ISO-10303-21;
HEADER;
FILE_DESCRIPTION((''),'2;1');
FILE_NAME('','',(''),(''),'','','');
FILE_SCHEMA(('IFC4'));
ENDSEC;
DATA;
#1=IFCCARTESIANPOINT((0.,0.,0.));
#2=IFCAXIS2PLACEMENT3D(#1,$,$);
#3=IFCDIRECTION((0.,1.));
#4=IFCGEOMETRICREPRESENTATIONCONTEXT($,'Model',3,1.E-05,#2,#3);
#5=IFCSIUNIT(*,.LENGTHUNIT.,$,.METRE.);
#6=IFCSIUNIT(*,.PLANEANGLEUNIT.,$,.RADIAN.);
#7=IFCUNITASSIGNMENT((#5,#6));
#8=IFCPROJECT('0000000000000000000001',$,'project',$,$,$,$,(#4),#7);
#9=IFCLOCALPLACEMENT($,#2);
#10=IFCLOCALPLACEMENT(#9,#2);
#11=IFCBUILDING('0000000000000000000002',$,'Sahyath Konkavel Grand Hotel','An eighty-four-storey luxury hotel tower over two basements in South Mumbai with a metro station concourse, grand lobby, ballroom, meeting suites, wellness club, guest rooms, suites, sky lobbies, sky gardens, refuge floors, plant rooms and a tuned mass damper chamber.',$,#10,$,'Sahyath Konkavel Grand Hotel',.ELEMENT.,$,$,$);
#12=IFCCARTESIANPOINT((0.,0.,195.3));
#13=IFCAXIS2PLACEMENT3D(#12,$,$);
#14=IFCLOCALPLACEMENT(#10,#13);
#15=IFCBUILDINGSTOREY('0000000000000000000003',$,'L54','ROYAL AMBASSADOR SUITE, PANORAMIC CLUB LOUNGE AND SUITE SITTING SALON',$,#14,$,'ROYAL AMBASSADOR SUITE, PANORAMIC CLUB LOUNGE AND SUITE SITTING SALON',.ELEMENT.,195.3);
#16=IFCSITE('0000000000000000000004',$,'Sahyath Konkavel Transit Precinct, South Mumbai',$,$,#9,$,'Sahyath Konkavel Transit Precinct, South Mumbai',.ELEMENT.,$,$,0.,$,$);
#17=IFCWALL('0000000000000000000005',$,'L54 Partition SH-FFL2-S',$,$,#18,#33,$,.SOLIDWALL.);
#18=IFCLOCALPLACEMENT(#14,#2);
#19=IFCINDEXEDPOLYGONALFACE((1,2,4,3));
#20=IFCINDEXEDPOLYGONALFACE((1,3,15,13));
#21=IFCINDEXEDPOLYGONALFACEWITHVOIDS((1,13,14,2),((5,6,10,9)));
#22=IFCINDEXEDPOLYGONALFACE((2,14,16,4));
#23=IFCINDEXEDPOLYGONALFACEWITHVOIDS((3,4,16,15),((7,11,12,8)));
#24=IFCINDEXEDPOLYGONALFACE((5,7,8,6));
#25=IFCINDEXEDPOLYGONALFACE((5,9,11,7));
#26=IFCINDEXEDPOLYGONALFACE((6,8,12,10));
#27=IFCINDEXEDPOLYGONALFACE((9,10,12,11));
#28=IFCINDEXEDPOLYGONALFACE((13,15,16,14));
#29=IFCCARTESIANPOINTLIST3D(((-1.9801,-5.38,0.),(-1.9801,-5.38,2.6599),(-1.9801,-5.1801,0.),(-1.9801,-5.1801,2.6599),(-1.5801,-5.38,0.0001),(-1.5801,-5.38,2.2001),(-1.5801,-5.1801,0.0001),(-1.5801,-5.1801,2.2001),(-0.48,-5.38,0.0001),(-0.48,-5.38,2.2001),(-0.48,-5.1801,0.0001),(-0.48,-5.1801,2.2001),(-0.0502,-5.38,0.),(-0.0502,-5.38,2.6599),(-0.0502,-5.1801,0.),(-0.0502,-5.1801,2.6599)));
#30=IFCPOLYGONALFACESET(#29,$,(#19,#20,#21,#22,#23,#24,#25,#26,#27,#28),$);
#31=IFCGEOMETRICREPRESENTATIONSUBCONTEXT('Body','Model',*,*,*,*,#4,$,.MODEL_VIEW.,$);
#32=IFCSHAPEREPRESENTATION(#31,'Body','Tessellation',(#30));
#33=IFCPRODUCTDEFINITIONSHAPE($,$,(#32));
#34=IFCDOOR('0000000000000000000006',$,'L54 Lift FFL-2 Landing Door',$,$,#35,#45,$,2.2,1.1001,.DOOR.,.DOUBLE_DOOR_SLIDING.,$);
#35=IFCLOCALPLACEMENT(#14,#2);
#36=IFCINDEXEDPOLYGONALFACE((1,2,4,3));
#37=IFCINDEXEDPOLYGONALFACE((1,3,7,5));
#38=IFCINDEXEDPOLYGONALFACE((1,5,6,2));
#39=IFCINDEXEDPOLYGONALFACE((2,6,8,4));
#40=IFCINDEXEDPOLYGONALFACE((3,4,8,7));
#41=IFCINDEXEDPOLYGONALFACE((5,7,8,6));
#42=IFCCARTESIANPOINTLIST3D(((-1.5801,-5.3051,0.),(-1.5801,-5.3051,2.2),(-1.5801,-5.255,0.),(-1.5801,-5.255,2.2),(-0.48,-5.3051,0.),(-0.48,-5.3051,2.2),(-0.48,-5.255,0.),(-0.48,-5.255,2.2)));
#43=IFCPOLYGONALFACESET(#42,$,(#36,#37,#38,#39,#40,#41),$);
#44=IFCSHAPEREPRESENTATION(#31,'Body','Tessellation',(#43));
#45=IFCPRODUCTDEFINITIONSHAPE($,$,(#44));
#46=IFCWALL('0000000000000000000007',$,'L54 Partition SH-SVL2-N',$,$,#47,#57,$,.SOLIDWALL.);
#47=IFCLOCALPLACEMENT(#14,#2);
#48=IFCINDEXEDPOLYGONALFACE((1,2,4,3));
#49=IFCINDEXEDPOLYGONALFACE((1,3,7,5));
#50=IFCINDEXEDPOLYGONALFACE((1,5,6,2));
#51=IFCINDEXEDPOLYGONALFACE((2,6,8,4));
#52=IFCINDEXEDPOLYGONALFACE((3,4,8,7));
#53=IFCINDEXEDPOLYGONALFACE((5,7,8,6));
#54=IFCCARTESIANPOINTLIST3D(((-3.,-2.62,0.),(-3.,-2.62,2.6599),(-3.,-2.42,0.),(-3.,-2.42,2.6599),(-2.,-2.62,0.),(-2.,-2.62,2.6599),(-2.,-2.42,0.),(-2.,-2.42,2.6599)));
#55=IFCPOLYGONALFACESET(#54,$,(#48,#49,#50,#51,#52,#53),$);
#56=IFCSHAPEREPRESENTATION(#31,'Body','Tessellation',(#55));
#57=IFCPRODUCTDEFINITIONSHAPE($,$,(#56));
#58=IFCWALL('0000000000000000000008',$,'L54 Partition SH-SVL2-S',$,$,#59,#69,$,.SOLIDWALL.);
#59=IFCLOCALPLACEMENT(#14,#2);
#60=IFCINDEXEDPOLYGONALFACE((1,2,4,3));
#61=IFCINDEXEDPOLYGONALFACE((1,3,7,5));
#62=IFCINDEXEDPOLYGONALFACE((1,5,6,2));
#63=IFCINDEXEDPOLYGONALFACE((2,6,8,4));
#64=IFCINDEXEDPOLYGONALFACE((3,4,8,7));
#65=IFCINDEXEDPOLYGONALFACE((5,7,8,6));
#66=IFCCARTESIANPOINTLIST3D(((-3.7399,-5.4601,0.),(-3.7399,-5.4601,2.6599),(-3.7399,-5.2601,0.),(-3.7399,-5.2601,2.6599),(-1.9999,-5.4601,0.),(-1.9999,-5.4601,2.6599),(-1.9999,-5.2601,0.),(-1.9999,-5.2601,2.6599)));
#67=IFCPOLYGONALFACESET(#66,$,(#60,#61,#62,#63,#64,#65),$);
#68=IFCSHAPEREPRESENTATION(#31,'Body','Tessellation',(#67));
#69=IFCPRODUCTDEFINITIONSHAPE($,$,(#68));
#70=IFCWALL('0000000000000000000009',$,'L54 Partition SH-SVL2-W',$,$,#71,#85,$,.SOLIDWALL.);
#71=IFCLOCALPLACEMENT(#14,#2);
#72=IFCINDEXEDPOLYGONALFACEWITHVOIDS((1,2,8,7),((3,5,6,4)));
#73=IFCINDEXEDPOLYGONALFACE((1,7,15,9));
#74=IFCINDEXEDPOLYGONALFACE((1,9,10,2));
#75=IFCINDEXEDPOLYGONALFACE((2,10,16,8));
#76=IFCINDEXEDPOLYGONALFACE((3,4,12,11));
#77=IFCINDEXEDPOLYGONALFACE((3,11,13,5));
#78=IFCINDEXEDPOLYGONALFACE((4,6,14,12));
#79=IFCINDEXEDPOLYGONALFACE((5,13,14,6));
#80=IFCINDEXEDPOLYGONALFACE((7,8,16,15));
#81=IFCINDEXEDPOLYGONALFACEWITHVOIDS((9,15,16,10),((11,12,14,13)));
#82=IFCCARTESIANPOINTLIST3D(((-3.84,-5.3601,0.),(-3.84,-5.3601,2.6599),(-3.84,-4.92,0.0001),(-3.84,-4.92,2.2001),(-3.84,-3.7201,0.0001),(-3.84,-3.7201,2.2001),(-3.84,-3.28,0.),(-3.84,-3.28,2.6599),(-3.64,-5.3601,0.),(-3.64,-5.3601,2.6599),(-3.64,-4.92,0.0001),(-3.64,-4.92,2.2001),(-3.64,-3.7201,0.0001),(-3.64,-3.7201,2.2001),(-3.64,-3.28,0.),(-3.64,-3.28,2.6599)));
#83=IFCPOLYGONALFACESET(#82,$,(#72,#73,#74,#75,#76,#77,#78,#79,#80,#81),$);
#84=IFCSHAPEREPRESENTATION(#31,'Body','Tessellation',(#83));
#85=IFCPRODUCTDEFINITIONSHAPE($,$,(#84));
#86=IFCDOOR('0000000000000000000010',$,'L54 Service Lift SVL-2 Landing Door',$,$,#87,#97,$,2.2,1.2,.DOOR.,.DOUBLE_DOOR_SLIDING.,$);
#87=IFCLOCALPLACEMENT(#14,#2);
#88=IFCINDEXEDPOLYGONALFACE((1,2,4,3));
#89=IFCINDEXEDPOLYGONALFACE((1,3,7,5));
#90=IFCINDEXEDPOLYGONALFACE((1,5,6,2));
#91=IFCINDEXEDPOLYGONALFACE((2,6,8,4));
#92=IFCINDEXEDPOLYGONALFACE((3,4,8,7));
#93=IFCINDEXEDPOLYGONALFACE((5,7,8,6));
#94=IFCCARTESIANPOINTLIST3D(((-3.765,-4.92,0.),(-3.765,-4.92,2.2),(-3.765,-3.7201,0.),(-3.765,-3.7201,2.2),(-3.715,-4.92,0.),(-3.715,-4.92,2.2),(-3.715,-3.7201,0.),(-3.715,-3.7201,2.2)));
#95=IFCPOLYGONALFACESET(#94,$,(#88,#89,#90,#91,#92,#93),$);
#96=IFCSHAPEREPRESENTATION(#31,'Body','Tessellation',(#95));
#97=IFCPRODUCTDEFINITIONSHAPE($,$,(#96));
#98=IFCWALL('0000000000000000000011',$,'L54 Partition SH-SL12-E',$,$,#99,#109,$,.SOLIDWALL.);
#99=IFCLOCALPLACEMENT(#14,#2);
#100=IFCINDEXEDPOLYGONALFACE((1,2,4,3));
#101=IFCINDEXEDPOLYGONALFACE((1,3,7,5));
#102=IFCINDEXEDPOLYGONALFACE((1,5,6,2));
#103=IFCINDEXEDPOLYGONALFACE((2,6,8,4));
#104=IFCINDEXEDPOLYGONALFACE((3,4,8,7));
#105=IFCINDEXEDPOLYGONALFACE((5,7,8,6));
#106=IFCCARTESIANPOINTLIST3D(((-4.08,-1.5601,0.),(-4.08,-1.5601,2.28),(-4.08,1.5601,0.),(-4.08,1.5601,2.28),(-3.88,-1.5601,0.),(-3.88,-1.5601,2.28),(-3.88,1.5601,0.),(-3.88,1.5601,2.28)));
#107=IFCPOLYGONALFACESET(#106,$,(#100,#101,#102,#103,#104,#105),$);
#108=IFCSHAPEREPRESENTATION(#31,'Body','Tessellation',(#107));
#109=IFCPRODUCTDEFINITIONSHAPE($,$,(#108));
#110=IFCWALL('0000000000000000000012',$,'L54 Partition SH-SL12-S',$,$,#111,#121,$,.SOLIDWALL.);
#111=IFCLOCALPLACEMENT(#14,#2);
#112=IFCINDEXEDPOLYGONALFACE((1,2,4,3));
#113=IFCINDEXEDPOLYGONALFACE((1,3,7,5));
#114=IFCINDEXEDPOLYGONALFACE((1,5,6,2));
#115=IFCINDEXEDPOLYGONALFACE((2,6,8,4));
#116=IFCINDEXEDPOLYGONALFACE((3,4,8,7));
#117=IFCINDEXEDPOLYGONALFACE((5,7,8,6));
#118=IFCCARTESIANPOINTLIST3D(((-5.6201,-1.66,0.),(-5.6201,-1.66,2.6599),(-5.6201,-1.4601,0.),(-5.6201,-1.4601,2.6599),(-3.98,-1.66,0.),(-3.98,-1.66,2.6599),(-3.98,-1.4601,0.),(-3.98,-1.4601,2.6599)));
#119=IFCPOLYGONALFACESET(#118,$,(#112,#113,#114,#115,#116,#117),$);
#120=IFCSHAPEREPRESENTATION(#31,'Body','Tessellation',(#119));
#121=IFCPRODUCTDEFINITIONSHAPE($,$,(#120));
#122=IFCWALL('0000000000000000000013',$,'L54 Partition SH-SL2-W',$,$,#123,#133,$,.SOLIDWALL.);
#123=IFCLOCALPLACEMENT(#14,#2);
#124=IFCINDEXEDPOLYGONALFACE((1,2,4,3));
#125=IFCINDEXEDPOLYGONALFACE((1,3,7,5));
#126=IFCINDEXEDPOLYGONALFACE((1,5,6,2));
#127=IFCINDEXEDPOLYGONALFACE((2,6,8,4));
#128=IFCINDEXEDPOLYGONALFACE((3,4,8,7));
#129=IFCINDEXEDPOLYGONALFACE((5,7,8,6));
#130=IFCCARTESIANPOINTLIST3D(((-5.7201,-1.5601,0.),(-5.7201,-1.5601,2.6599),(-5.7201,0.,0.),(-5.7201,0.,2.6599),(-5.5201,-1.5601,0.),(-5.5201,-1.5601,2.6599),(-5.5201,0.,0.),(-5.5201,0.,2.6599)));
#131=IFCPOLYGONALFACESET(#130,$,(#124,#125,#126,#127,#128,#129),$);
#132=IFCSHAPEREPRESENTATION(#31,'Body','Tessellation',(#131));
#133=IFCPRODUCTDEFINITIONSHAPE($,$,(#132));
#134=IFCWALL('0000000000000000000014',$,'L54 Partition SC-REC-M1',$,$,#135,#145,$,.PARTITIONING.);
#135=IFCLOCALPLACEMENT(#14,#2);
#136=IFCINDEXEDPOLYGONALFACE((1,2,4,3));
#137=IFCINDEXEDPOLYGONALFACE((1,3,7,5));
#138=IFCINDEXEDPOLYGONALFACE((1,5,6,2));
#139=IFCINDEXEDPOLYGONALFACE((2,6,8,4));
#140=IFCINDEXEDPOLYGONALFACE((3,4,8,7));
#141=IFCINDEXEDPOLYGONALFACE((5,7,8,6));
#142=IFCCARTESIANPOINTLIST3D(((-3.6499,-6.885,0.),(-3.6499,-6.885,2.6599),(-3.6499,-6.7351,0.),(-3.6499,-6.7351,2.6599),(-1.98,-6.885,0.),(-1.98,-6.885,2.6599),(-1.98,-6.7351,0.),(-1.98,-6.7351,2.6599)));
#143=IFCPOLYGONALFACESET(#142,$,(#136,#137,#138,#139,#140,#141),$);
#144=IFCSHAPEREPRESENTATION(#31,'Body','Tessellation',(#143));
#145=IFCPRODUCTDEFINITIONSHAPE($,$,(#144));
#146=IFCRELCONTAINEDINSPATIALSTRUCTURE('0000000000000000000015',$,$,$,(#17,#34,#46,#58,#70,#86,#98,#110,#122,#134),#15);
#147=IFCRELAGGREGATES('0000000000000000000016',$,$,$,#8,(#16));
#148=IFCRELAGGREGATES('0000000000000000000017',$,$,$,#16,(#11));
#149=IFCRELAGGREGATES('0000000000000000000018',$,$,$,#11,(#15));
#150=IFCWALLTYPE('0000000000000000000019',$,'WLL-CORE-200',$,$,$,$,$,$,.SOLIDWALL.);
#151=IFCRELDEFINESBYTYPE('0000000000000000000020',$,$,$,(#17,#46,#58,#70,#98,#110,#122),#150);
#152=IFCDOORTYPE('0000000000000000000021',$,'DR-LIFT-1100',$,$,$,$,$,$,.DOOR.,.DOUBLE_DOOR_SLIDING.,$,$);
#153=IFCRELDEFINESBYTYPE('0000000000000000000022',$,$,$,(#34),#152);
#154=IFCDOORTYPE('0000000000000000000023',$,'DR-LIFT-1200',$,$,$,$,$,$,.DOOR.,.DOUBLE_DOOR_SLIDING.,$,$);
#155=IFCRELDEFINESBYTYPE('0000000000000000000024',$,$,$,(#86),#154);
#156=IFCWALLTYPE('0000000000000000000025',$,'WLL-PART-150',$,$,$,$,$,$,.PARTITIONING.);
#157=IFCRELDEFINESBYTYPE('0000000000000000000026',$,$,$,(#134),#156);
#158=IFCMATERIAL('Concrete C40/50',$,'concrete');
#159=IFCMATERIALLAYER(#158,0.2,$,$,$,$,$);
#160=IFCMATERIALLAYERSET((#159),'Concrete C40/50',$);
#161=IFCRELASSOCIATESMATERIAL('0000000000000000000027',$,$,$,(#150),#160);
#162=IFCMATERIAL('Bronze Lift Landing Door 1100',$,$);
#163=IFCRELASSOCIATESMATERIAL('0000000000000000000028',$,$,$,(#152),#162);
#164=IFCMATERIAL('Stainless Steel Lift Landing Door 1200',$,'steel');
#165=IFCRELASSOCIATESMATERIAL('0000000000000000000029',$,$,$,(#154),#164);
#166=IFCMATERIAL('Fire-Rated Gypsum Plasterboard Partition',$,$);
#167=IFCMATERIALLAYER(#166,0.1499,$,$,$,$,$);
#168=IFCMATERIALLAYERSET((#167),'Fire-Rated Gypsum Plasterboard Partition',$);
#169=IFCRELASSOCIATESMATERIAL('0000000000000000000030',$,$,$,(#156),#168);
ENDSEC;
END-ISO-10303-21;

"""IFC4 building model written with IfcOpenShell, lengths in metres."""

from ifc_helpers import new_model, si_unit, direction, frame, frame_2d, origin, origin_2d, place, context, subcontext, project, spatial, rectangle, extrude, source, transform, mapped, material, layer, layer_set, type_object, element, fill, save


model = new_model("IFC4")

# Units and contexts
model_context = context("Model", 3, precision=1e-05, world=origin(), true_north=direction((0.0, 1.0)))
body_context = subcontext(model_context, "Body", "Model", "MODEL_VIEW")
ifc_project = project(units=[si_unit("LENGTHUNIT", "METRE"), si_unit("PLANEANGLEUNIT", "RADIAN")], contexts=[model_context])

# Site, building, storey
site_placement = place(None, origin())
site = spatial("IfcSite", under=ifc_project, at=site_placement, Name="Sahyath Konkavel Transit Precinct, South Mumbai", LongName="Sahyath Konkavel Transit Precinct, South Mumbai", CompositionType="ELEMENT", RefElevation=0.0)
building_placement = place(site_placement, origin())
building = spatial("IfcBuilding", under=site, at=building_placement, Name="Sahyath Konkavel Grand Hotel", Description="An eighty-four-storey luxury hotel tower over two basements in South Mumbai with a metro station concourse, grand lobby, ballroom, meeting suites, wellness club, guest rooms, suites, sky lobbies, sky gardens, refuge floors, plant rooms and a tuned mass damper chamber.", LongName="Sahyath Konkavel Grand Hotel", CompositionType="ELEMENT")
storey_placement = place(building_placement, frame((0.0, 0.0, 195.3)))
storey = spatial("IfcBuildingStorey", under=building, at=storey_placement, Name="L54", Description="ROYAL AMBASSADOR SUITE, PANORAMIC CLUB LOUNGE AND SUITE SITTING SALON", LongName="ROYAL AMBASSADOR SUITE, PANORAMIC CLUB LOUNGE AND SUITE SITTING SALON", CompositionType="ELEMENT", Elevation=195.3)

# Shared definitions
ifc_material_1 = material(Name="Concrete C40/50", Category="concrete")
ifc_layer_1 = layer(ifc_material_1, 0.2)
ifc_layer_set_1 = layer_set([ifc_layer_1], Name="Concrete C40/50")
wall_type_1 = type_object("IfcWallType", Name="WLL-CORE-200", PredefinedType="SOLIDWALL", material=ifc_layer_set_1)

# Wall, opening, door
wall_1_placement = place(storey_placement, frame((-1.98, -5.28, 0.0), z_axis=(0.0, 0.0, 1.0), x_axis=(1.0, 0.0, 0.0)))
wall_1 = element("IfcWall", 1, at=wall_1_placement, inside=storey, type_object=wall_type_1, Name="L54 Partition SH-FFL2-S", PredefinedType="SOLIDWALL", context=body_context, shape_type="SweptSolid", body=[
    extrude(rectangle(XDim=1.9299, YDim=0.2, at=frame_2d((0.9648, 0.0))), origin(), (0.0, 0.0, 1.0), 2.6599),
])
opening_1_placement = place(wall_1_placement, frame((0.3999, 0.0, 0.0)))
opening_1 = element("IfcOpeningElement", 2, at=opening_1_placement, cuts=wall_1, PredefinedType="OPENING", context=body_context, shape_type="SweptSolid", body=[
    extrude(rectangle(XDim=1.1001, YDim=2.2, at=frame_2d((0.55, 1.1001))), frame((0.0, 0.1099, 0.0), z_axis=(0.0, -1.0, 0.0), x_axis=(1.0, 0.0, 0.0)), (0.0, 0.0, 1.0), 0.22),
])
ifc_material_2 = material(Name="Bronze Lift Landing Door 1100")
door_type_1 = type_object("IfcDoorType", Name="DR-LIFT-1100", OperationType="DOUBLE_DOOR_SLIDING", PredefinedType="DOOR", material=ifc_material_2)
shared_shape_1 = source(origin(), body_context, "Body", "SweptSolid", [
    extrude(rectangle(XDim=1.1001, YDim=0.05, at=origin_2d()), origin(), (0.0, 0.0, 1.0), 2.2),
])
door_1_placement = place(opening_1_placement, frame((0.55, 0.0, 0.0)))
door_1 = element("IfcDoor", 3, at=door_1_placement, inside=storey, type_object=door_type_1, Name="L54 Lift FFL-2 Landing Door", OperationType="DOUBLE_DOOR_SLIDING", OverallHeight=2.2, OverallWidth=1.1001, PredefinedType="DOOR", context=body_context, shape_type="MappedRepresentation", body=[
    mapped(shared_shape_1, transform((0.0, 0.0, 0.0), scale=1.0)),
])
fill(opening_1, door_1)

# Walls
wall_2_placement = place(storey_placement, frame((-3.0, -2.52, 0.0), z_axis=(0.0, 0.0, 1.0), x_axis=(1.0, 0.0, 0.0)))
element("IfcWall", 4, at=wall_2_placement, inside=storey, type_object=wall_type_1, Name="L54 Partition SH-SVL2-N", PredefinedType="SOLIDWALL", context=body_context, shape_type="SweptSolid", body=[
    extrude(rectangle(XDim=1.0, YDim=0.2, at=frame_2d((0.5, 0.0))), origin(), (0.0, 0.0, 1.0), 2.6599),
])
wall_3_placement = place(storey_placement, frame((-3.74, -5.3601, 0.0), z_axis=(0.0, 0.0, 1.0), x_axis=(1.0, 0.0, 0.0)))
element("IfcWall", 5, at=wall_3_placement, inside=storey, type_object=wall_type_1, Name="L54 Partition SH-SVL2-S", PredefinedType="SOLIDWALL", context=body_context, shape_type="SweptSolid", body=[
    extrude(rectangle(XDim=1.74, YDim=0.2, at=frame_2d((0.8701, 0.0))), origin(), (0.0, 0.0, 1.0), 2.6599),
])

# Wall, opening, door
wall_4_placement = place(storey_placement, frame((-3.74, -5.3601, 0.0), z_axis=(0.0, 0.0, 1.0), x_axis=(0.0, 1.0, 0.0)))
wall_4 = element("IfcWall", 6, at=wall_4_placement, inside=storey, type_object=wall_type_1, Name="L54 Partition SH-SVL2-W", PredefinedType="SOLIDWALL", context=body_context, shape_type="SweptSolid", body=[
    extrude(rectangle(XDim=2.0801, YDim=0.2, at=frame_2d((1.04, 0.0))), origin(), (0.0, 0.0, 1.0), 2.6599),
])
opening_2_placement = place(wall_4_placement, frame((0.4399, 0.0, 0.0)))
opening_2 = element("IfcOpeningElement", 7, at=opening_2_placement, cuts=wall_4, PredefinedType="OPENING", context=body_context, shape_type="SweptSolid", body=[
    extrude(rectangle(XDim=1.2, YDim=2.2, at=frame_2d((0.6001, 1.1001))), frame((0.0, 0.1099, 0.0), z_axis=(0.0, -1.0, 0.0), x_axis=(1.0, 0.0, 0.0)), (0.0, 0.0, 1.0), 0.22),
])
ifc_material_3 = material(Name="Stainless Steel Lift Landing Door 1200", Category="steel")
door_type_2 = type_object("IfcDoorType", Name="DR-LIFT-1200", OperationType="DOUBLE_DOOR_SLIDING", PredefinedType="DOOR", material=ifc_material_3)
shared_shape_2 = source(origin(), body_context, "Body", "SweptSolid", [
    extrude(rectangle(XDim=1.2, YDim=0.05, at=origin_2d()), origin(), (0.0, 0.0, 1.0), 2.2),
])
door_2_placement = place(opening_2_placement, frame((0.6001, 0.0, 0.0)))
door_2 = element("IfcDoor", 8, at=door_2_placement, inside=storey, type_object=door_type_2, Name="L54 Service Lift SVL-2 Landing Door", OperationType="DOUBLE_DOOR_SLIDING", OverallHeight=2.2, OverallWidth=1.2, PredefinedType="DOOR", context=body_context, shape_type="MappedRepresentation", body=[
    mapped(shared_shape_2, transform((0.0, 0.0, 0.0), scale=1.0)),
])
fill(opening_2, door_2)

# Walls
wall_5_placement = place(storey_placement, frame((-3.98, -1.5601, 0.0), z_axis=(0.0, 0.0, 1.0), x_axis=(0.0, 1.0, 0.0)))
element("IfcWall", 9, at=wall_5_placement, inside=storey, type_object=wall_type_1, Name="L54 Partition SH-SL12-E", PredefinedType="SOLIDWALL", context=body_context, shape_type="SweptSolid", body=[
    extrude(rectangle(XDim=3.1201, YDim=0.2, at=frame_2d((1.5601, 0.0))), origin(), (0.0, 0.0, 1.0), 2.28),
])
wall_6_placement = place(storey_placement, frame((-5.6201, -1.5601, 0.0), z_axis=(0.0, 0.0, 1.0), x_axis=(1.0, 0.0, 0.0)))
element("IfcWall", 10, at=wall_6_placement, inside=storey, type_object=wall_type_1, Name="L54 Partition SH-SL12-S", PredefinedType="SOLIDWALL", context=body_context, shape_type="SweptSolid", body=[
    extrude(rectangle(XDim=1.6401, YDim=0.2, at=frame_2d((0.8201, 0.0))), origin(), (0.0, 0.0, 1.0), 2.6599),
])
wall_7_placement = place(storey_placement, frame((-5.6201, -1.5601, 0.0), z_axis=(0.0, 0.0, 1.0), x_axis=(0.0, 1.0, 0.0)))
element("IfcWall", 11, at=wall_7_placement, inside=storey, type_object=wall_type_1, Name="L54 Partition SH-SL2-W", PredefinedType="SOLIDWALL", context=body_context, shape_type="SweptSolid", body=[
    extrude(rectangle(XDim=1.5601, YDim=0.2, at=frame_2d((0.78, 0.0))), origin(), (0.0, 0.0, 1.0), 2.6599),
])
ifc_material_4 = material(Name="Fire-Rated Gypsum Plasterboard Partition")
ifc_layer_2 = layer(ifc_material_4, 0.1499)
ifc_layer_set_2 = layer_set([ifc_layer_2], Name="Fire-Rated Gypsum Plasterboard Partition")
wall_type_2 = type_object("IfcWallType", Name="WLL-PART-150", PredefinedType="PARTITIONING", material=ifc_layer_set_2)
wall_8_placement = place(storey_placement, frame((-3.6499, -6.8101, 0.0), z_axis=(0.0, 0.0, 1.0), x_axis=(1.0, 0.0, 0.0)))
element("IfcWall", 12, at=wall_8_placement, inside=storey, type_object=wall_type_2, Name="L54 Partition SC-REC-M1", PredefinedType="PARTITIONING", context=body_context, shape_type="SweptSolid", body=[
    extrude(rectangle(XDim=1.6699, YDim=0.1499, at=frame_2d((0.835, 0.0))), origin(), (0.0, 0.0, 1.0), 2.6599),
])

save(model, "model.ifc")
